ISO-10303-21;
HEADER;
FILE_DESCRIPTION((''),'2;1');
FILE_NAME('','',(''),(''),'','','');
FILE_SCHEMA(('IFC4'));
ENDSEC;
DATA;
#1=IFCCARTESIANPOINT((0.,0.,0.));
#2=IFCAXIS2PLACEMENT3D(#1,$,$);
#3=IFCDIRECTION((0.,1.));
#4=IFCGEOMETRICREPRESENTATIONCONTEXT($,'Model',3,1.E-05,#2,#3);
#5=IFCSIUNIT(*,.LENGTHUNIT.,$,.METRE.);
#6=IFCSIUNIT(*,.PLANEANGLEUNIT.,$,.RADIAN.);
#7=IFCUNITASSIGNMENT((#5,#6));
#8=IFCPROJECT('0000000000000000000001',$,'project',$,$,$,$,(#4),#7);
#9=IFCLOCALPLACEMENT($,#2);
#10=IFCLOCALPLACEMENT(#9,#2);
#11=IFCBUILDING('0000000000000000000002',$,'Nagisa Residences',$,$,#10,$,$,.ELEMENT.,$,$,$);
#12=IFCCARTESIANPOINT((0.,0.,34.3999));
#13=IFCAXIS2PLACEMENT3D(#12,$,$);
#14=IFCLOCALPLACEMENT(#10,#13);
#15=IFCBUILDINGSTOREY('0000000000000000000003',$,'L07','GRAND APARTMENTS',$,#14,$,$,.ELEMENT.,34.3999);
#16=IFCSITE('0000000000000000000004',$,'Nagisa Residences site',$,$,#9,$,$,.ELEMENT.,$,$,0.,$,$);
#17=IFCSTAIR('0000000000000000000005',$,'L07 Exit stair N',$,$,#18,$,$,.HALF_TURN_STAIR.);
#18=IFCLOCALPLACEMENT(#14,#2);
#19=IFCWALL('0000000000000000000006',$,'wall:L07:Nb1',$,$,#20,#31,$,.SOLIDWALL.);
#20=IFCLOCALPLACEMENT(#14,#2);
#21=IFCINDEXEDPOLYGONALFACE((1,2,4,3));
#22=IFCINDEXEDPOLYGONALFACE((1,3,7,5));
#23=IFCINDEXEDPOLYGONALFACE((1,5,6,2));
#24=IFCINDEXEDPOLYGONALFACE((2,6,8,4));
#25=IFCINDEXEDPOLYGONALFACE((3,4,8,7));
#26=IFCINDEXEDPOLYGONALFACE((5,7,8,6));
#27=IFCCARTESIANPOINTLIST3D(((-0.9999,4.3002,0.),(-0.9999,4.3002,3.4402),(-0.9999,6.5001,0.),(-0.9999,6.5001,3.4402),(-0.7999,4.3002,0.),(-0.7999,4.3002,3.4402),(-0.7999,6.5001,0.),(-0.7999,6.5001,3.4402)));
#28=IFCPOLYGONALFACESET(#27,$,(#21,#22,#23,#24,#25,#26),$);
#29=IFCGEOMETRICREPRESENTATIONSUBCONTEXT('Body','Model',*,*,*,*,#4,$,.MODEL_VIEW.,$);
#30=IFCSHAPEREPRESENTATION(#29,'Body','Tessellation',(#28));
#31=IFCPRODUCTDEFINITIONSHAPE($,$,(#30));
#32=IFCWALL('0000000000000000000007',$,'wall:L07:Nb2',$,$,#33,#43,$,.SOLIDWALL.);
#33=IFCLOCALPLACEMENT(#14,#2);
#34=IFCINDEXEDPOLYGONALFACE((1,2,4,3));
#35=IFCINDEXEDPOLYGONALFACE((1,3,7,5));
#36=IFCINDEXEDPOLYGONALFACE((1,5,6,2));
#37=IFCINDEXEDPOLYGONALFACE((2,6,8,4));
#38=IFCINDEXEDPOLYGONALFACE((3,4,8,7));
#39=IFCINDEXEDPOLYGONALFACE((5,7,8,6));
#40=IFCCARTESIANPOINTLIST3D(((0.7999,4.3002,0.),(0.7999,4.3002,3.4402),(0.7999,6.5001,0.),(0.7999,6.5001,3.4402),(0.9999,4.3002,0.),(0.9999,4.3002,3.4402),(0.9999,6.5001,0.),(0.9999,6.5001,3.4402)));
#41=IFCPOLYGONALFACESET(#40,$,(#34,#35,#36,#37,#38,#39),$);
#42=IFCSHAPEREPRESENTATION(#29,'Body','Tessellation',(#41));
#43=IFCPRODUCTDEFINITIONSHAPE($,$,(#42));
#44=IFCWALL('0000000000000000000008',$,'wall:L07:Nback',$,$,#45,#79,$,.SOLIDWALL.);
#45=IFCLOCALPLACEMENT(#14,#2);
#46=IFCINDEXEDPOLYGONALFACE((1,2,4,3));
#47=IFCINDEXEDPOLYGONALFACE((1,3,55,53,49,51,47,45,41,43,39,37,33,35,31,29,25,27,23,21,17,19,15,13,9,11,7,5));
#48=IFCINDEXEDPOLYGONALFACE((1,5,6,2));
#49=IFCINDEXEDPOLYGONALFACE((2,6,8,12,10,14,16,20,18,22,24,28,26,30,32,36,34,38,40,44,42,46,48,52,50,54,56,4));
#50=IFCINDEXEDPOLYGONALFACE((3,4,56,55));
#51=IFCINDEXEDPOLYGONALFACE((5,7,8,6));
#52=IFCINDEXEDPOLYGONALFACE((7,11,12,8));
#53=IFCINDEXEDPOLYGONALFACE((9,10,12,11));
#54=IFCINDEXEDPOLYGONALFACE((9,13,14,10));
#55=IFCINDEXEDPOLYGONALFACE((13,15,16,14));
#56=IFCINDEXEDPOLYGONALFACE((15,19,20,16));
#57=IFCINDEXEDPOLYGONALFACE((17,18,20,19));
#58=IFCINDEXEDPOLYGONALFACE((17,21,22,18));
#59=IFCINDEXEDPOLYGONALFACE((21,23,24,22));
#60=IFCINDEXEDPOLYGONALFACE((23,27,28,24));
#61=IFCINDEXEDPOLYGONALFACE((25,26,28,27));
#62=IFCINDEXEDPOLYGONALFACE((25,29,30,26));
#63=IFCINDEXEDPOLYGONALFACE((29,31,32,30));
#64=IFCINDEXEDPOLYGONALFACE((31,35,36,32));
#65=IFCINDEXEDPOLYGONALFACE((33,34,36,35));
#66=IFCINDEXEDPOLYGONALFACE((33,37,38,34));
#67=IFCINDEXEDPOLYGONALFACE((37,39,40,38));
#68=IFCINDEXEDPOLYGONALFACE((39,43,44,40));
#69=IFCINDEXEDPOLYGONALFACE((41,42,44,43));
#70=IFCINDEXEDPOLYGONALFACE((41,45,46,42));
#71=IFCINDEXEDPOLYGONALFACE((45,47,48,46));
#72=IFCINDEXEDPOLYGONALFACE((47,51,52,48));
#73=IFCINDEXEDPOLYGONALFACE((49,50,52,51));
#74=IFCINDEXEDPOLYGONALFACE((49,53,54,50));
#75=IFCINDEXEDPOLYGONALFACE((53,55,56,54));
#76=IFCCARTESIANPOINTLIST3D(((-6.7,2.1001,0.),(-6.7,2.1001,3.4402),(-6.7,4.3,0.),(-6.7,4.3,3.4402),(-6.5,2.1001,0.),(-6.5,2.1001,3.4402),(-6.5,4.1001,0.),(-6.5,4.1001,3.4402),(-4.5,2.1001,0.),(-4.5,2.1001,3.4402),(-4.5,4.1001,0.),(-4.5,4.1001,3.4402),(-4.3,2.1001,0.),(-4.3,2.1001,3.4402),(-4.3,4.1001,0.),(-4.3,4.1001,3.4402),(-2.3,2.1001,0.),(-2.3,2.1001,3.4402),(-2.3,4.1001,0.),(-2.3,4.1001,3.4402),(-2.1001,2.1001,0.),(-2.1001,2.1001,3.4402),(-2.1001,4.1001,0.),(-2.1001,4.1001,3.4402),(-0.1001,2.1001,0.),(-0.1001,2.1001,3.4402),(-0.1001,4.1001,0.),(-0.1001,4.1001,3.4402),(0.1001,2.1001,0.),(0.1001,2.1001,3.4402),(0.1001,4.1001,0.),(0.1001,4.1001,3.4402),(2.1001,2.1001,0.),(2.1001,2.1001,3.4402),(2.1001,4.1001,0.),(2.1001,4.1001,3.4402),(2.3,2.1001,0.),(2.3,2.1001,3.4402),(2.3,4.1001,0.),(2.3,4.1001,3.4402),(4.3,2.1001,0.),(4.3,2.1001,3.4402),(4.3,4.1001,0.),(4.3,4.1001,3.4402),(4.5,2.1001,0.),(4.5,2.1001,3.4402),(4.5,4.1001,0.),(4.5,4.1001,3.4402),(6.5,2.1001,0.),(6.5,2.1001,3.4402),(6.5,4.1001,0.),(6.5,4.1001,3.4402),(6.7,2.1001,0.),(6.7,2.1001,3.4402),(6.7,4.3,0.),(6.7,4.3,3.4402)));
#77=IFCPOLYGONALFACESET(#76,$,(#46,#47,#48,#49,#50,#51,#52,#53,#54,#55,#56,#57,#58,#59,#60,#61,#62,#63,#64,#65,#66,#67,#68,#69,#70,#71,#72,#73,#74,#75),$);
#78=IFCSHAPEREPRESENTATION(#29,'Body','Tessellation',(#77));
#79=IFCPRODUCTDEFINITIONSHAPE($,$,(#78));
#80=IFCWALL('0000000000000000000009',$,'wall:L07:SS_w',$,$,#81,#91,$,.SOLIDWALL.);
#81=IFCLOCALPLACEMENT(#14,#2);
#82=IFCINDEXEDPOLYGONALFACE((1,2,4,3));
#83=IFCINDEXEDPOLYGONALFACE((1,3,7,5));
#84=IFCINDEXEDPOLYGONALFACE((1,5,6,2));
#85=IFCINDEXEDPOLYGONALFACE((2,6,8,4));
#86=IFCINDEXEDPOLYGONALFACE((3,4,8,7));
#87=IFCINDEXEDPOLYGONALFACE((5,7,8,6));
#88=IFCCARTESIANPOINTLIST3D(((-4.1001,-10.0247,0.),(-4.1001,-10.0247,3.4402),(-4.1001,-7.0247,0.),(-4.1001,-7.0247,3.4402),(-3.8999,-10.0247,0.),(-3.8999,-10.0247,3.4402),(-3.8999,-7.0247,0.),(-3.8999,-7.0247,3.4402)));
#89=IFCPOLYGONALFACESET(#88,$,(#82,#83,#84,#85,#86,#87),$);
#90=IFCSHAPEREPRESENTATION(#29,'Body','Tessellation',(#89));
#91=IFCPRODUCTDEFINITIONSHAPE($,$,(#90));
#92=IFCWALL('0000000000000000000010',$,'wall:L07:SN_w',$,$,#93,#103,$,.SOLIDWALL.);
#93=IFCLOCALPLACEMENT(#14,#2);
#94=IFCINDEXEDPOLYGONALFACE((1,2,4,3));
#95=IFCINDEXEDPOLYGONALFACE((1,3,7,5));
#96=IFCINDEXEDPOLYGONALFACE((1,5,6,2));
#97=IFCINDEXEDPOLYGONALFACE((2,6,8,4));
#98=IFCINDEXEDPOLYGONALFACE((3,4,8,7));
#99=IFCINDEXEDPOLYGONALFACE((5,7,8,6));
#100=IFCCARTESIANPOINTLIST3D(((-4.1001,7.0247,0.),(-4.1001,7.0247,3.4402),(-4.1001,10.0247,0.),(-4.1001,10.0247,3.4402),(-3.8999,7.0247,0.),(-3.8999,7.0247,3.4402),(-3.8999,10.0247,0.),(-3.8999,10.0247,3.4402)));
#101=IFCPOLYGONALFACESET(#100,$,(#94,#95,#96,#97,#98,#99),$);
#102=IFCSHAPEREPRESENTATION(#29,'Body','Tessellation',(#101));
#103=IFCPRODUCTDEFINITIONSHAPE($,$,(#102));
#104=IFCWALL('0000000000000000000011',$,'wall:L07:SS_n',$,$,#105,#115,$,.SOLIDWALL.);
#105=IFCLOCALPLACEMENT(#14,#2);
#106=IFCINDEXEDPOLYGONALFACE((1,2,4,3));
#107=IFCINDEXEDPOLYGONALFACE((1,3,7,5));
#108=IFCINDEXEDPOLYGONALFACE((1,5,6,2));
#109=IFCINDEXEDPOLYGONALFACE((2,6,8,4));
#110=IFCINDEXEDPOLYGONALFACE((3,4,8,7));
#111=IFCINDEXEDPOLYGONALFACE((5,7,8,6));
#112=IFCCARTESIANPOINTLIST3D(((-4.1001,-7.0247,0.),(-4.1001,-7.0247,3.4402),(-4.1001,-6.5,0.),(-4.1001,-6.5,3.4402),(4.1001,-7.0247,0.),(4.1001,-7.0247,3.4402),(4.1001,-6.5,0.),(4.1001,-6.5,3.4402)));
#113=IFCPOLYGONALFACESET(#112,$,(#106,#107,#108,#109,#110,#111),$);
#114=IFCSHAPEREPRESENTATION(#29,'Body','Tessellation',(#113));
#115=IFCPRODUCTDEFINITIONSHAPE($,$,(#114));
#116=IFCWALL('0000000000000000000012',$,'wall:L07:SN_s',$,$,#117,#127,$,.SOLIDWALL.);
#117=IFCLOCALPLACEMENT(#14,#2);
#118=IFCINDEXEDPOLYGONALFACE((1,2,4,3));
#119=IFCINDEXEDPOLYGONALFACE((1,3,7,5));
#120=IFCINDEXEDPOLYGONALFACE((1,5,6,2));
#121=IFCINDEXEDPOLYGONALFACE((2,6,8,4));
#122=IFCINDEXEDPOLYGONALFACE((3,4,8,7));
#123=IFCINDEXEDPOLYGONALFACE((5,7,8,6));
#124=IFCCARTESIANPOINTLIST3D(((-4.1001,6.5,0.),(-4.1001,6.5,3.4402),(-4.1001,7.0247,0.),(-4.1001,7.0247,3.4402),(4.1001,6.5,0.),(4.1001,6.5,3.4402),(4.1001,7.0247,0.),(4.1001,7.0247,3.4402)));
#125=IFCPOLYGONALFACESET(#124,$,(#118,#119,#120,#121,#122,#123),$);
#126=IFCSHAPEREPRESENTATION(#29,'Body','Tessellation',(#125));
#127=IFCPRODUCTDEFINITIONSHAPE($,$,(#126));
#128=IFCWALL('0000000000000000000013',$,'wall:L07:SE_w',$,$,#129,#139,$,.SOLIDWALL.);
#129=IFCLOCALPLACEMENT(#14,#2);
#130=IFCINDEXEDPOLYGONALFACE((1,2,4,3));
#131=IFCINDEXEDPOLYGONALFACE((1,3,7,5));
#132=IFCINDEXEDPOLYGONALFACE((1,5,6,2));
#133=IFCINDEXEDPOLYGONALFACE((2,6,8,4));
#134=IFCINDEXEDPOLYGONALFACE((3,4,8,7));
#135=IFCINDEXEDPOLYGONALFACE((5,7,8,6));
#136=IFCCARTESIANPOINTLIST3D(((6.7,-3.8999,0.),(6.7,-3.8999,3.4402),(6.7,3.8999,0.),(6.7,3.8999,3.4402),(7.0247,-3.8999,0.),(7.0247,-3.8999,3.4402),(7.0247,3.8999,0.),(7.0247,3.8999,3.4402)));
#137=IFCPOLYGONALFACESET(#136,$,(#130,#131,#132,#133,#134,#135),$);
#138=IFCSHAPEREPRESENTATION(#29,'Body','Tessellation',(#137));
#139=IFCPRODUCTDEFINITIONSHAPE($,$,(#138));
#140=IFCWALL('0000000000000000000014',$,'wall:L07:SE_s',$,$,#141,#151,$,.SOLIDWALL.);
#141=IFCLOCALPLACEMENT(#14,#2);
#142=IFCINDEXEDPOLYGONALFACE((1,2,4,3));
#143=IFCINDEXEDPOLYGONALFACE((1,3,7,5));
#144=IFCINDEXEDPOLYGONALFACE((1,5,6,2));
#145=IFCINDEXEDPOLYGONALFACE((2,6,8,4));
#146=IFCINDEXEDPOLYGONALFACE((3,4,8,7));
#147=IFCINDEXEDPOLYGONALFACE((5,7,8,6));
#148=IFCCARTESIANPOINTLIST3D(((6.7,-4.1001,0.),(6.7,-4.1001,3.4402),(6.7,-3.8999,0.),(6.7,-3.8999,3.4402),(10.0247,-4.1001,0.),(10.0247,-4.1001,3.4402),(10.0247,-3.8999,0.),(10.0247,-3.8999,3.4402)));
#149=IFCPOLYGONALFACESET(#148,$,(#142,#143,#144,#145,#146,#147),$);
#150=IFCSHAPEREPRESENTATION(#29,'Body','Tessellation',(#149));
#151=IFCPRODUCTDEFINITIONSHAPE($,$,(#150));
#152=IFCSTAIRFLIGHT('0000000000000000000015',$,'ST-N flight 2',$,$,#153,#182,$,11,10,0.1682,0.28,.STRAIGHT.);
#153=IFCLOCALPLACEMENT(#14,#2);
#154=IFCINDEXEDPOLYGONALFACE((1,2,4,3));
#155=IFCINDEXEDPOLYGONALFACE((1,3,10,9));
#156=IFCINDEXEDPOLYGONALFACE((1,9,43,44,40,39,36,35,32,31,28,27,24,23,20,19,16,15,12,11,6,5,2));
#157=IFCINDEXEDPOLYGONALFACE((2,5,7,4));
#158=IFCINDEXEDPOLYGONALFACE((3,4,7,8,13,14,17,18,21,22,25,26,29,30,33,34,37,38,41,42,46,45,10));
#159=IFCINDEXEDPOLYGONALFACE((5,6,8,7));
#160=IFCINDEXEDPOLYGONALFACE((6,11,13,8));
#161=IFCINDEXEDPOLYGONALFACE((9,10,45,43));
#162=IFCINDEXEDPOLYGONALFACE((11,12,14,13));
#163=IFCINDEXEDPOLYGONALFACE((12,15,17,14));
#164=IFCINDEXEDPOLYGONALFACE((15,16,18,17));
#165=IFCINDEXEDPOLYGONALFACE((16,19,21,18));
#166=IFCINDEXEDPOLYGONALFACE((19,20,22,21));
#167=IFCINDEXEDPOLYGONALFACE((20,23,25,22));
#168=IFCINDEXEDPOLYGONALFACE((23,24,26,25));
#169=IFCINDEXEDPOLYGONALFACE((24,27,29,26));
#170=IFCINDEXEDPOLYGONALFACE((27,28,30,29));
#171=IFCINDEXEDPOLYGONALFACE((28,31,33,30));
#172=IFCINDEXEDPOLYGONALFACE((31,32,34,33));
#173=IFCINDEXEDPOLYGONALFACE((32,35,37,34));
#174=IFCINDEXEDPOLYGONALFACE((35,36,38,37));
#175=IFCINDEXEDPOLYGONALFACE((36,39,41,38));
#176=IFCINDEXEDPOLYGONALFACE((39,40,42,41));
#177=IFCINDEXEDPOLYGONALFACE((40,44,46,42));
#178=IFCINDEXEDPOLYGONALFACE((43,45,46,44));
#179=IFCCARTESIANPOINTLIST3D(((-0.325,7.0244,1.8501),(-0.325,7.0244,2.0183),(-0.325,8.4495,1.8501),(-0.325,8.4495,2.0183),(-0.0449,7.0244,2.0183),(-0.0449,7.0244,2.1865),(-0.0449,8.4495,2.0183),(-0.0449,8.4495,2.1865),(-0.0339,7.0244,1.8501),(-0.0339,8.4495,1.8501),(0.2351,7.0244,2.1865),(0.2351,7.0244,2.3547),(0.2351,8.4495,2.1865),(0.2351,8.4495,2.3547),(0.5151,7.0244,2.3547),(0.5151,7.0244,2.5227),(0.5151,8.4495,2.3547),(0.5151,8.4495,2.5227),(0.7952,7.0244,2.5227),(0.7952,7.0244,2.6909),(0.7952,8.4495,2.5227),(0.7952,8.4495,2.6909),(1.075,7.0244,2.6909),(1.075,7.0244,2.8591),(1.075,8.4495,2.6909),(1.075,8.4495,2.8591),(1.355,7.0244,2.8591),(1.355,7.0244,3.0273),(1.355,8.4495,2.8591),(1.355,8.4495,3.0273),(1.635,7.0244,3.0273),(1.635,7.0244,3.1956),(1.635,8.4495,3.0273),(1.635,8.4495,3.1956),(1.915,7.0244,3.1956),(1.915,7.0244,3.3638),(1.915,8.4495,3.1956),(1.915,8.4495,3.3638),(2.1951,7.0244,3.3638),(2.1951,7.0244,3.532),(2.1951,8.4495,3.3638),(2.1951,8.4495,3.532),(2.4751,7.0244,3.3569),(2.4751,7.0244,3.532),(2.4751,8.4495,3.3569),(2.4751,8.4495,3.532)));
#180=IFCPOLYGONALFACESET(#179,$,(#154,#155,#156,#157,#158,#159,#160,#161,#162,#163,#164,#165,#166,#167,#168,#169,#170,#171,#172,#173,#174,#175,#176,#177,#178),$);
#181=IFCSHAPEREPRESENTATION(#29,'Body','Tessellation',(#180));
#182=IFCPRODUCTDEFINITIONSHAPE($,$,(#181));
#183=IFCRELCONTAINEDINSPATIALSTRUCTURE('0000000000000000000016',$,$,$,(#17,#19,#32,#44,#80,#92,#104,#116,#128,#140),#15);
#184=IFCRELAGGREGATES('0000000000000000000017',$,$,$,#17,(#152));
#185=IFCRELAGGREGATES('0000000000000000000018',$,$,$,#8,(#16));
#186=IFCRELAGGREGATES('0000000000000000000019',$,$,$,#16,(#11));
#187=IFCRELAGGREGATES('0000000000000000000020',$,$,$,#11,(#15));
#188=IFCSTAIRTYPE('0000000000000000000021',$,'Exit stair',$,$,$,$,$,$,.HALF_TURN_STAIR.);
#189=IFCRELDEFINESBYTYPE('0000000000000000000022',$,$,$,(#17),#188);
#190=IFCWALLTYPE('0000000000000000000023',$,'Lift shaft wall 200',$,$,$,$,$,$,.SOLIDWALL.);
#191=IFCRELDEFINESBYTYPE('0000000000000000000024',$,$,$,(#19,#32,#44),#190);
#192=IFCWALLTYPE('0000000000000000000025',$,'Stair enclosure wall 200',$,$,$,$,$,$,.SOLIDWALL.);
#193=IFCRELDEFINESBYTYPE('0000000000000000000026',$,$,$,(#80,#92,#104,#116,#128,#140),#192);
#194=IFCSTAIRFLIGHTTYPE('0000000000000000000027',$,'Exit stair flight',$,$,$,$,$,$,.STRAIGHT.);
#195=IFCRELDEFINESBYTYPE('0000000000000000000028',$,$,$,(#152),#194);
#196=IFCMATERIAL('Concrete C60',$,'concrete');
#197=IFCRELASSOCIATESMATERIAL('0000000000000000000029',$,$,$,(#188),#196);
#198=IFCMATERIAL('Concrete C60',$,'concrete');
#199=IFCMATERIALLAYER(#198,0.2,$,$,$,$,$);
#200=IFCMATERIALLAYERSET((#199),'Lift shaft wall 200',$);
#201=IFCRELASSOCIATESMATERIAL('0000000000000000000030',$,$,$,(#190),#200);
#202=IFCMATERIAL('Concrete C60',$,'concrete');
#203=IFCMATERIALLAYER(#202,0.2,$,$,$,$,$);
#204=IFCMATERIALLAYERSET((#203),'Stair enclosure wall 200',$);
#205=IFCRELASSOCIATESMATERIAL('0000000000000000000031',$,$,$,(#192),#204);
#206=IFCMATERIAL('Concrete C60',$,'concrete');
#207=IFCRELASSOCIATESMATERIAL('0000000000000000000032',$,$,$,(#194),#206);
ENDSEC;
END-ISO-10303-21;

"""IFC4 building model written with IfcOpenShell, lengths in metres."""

from ifc_helpers import new_model, si_unit, direction, frame, frame_2d, origin, place, context, subcontext, project, spatial, polyline, rectangle, outline, extrude, material, layer, layer_set, type_object, element, aggregate, save


model = new_model("IFC4")

# Units and contexts
model_context = context("Model", 3, precision=1e-05, world=origin(), true_north=direction((0.0, 1.0)))
body_context = subcontext(model_context, "Body", "Model", "MODEL_VIEW")
ifc_project = project(units=[si_unit("LENGTHUNIT", "METRE"), si_unit("PLANEANGLEUNIT", "RADIAN")], contexts=[model_context])

# Site, building, storey
site_placement = place(None, origin())
site = spatial("IfcSite", under=ifc_project, at=site_placement, Name="Nagisa Residences site", CompositionType="ELEMENT", RefElevation=0.0)
building_placement = place(site_placement, origin())
building = spatial("IfcBuilding", under=site, at=building_placement, Name="Nagisa Residences", CompositionType="ELEMENT")
storey_placement = place(building_placement, frame((0.0, 0.0, 34.3999)))
storey = spatial("IfcBuildingStorey", under=building, at=storey_placement, Name="L07", Description="GRAND APARTMENTS", CompositionType="ELEMENT", Elevation=34.3999)

# Stair
ifc_material_1 = material(Name="Concrete C60", Category="concrete")
stair_type = type_object("IfcStairType", Name="Exit stair", PredefinedType="HALF_TURN_STAIR", material=ifc_material_1)
stair_1_placement = place(storey_placement, origin())
stair_1 = element("IfcStair", 1, at=stair_1_placement, inside=storey, type_object=stair_type, Name="L07 Exit stair N", PredefinedType="HALF_TURN_STAIR")

# Shared definitions
ifc_material_2 = material(Name="Concrete C60", Category="concrete")
ifc_layer_1 = layer(ifc_material_2, 0.2)
ifc_layer_set_1 = layer_set([ifc_layer_1], Name="Lift shaft wall 200")
wall_type_1 = type_object("IfcWallType", Name="Lift shaft wall 200", PredefinedType="SOLIDWALL", material=ifc_layer_set_1)

# Walls
for number, where, z_axis, x_axis, name in (
    (2, (-0.8999, 4.3, 0.0), (0.0, 0.0, 1.0), (0.0, 1.0, 0.0), "wall:L07:Nb1"),
    (3, (0.8999, 4.3, 0.0), (0.0, 0.0, 1.0), (0.0, 1.0, 0.0), "wall:L07:Nb2"),
):
    element("IfcWall", number, at=place(storey_placement, frame(where, z_axis=z_axis, x_axis=x_axis)), inside=storey, type_object=wall_type_1, Name=name, PredefinedType="SOLIDWALL", context=body_context, shape_type="SweptSolid", body=[
        extrude(rectangle(XDim=2.2, YDim=0.2, at=frame_2d((1.1001, 0.0))), origin(), (0.0, 0.0, 1.0), 3.4402),
    ])
wall_1_placement = place(storey_placement, origin())
element("IfcWall", 4, at=wall_1_placement, inside=storey, type_object=wall_type_1, Name="wall:L07:Nback", PredefinedType="SOLIDWALL", context=body_context, shape_type="SweptSolid", body=[
    extrude(outline(polyline([(-6.5, 2.1001), (-6.7, 2.1001), (-6.7, 4.3), (6.7, 4.3), (6.7, 2.1001), (6.5, 2.1001), (6.5, 4.1001), (4.5, 4.1001), (4.5, 2.1001), (4.3, 2.1001), (4.3, 4.1001), (2.3, 4.1001), (2.3, 2.1001), (2.1001, 2.1001), (2.1001, 4.1001), (0.1001, 4.1001), (0.1001, 2.1001), (-0.1001, 2.1001), (-0.1001, 4.1001), (-2.1001, 4.1001), (-2.1001, 2.1001), (-2.3, 2.1001), (-2.3, 4.1001), (-4.3, 4.1001), (-4.3, 2.1001), (-4.5, 2.1001), (-4.5, 4.1001), (-6.5, 4.1001), (-6.5, 2.1001)])), origin(), (0.0, 0.0, 1.0), 3.4402),
])
ifc_material_3 = material(Name="Concrete C60", Category="concrete")
ifc_layer_2 = layer(ifc_material_3, 0.2)
ifc_layer_set_2 = layer_set([ifc_layer_2], Name="Stair enclosure wall 200")
wall_type_2 = type_object("IfcWallType", Name="Stair enclosure wall 200", PredefinedType="SOLIDWALL", material=ifc_layer_set_2)
wall_2_placement = place(storey_placement, origin())
element("IfcWall", 5, at=wall_2_placement, inside=storey, type_object=wall_type_2, Name="wall:L07:SS_w", PredefinedType="SOLIDWALL", context=body_context, shape_type="SweptSolid", body=[
    extrude(outline(polyline([(-3.8999, -10.0247), (-4.1001, -10.0247), (-4.1001, -7.0247), (-3.8999, -7.0247), (-3.8999, -10.0247)])), origin(), (0.0, 0.0, 1.0), 3.4402),
])
wall_3_placement = place(storey_placement, origin())
element("IfcWall", 6, at=wall_3_placement, inside=storey, type_object=wall_type_2, Name="wall:L07:SN_w", PredefinedType="SOLIDWALL", context=body_context, shape_type="SweptSolid", body=[
    extrude(outline(polyline([(-3.8999, 7.0247), (-4.1001, 7.0247), (-4.1001, 10.0247), (-3.8999, 10.0247), (-3.8999, 7.0247)])), origin(), (0.0, 0.0, 1.0), 3.4402),
])
wall_4_placement = place(storey_placement, origin())
element("IfcWall", 7, at=wall_4_placement, inside=storey, type_object=wall_type_2, Name="wall:L07:SS_n", PredefinedType="SOLIDWALL", context=body_context, shape_type="SweptSolid", body=[
    extrude(outline(polyline([(4.1001, -7.0247), (-4.1001, -7.0247), (-4.1001, -6.5), (4.1001, -6.5), (4.1001, -7.0247)])), origin(), (0.0, 0.0, 1.0), 3.4402),
])
wall_5_placement = place(storey_placement, origin())
element("IfcWall", 8, at=wall_5_placement, inside=storey, type_object=wall_type_2, Name="wall:L07:SN_s", PredefinedType="SOLIDWALL", context=body_context, shape_type="SweptSolid", body=[
    extrude(outline(polyline([(4.1001, 6.5), (-4.1001, 6.5), (-4.1001, 7.0247), (4.1001, 7.0247), (4.1001, 6.5)])), origin(), (0.0, 0.0, 1.0), 3.4402),
])
wall_6_placement = place(storey_placement, origin())
element("IfcWall", 9, at=wall_6_placement, inside=storey, type_object=wall_type_2, Name="wall:L07:SE_w", PredefinedType="SOLIDWALL", context=body_context, shape_type="SweptSolid", body=[
    extrude(outline(polyline([(7.0247, -3.8999), (6.7, -3.8999), (6.7, 3.8999), (7.0247, 3.8999), (7.0247, -3.8999)])), origin(), (0.0, 0.0, 1.0), 3.4402),
])
wall_7_placement = place(storey_placement, origin())
element("IfcWall", 10, at=wall_7_placement, inside=storey, type_object=wall_type_2, Name="wall:L07:SE_s", PredefinedType="SOLIDWALL", context=body_context, shape_type="SweptSolid", body=[
    extrude(outline(polyline([(10.0247, -4.1001), (6.7, -4.1001), (6.7, -3.8999), (10.0247, -3.8999), (10.0247, -4.1001)])), origin(), (0.0, 0.0, 1.0), 3.4402),
])

# Stair flight
ifc_material_4 = material(Name="Concrete C60", Category="concrete")
stair_flight_type = type_object("IfcStairFlightType", Name="Exit stair flight", PredefinedType="STRAIGHT", material=ifc_material_4)
stair_flight_placement = place(storey_placement, frame((-0.325, 7.7371, 1.8501), z_axis=(0.0, 0.0, 1.0), x_axis=(1.0, 0.0, 0.0)))
stair_flight = element("IfcStairFlight", 11, at=stair_flight_placement, type_object=stair_flight_type, Name="ST-N flight 2", NumberOfRisers=11, NumberOfTreads=10, PredefinedType="STRAIGHT", RiserHeight=0.1682, TreadLength=0.28, context=body_context, shape_type="SweptSolid", body=[
    extrude(outline(polyline([(0.0, 0.0), (0.0, 0.1682), (0.28, 0.1682), (0.28, 0.3364), (0.5601, 0.3364), (0.5601, 0.5046), (0.8401, 0.5046), (0.8401, 0.6726), (1.1201, 0.6726), (1.1201, 0.8408), (1.3999, 0.8408), (1.3999, 1.009), (1.6799, 1.009), (1.6799, 1.1772), (1.96, 1.1772), (1.96, 1.3455), (2.24, 1.3455), (2.24, 1.5137), (2.52, 1.5137), (2.52, 1.6819), (2.8, 1.6819), (2.8, 1.8501), (2.8, 1.5068), (0.291, 0.0), (0.0, 0.0)])), frame((0.0, 0.7124, 0.0), z_axis=(0.0, -1.0, 0.0), x_axis=(1.0, 0.0, 0.0)), (0.0, 0.0, 1.0), 1.425),
])
aggregate(stair_1, [stair_flight])

save(model, "model.ifc")
